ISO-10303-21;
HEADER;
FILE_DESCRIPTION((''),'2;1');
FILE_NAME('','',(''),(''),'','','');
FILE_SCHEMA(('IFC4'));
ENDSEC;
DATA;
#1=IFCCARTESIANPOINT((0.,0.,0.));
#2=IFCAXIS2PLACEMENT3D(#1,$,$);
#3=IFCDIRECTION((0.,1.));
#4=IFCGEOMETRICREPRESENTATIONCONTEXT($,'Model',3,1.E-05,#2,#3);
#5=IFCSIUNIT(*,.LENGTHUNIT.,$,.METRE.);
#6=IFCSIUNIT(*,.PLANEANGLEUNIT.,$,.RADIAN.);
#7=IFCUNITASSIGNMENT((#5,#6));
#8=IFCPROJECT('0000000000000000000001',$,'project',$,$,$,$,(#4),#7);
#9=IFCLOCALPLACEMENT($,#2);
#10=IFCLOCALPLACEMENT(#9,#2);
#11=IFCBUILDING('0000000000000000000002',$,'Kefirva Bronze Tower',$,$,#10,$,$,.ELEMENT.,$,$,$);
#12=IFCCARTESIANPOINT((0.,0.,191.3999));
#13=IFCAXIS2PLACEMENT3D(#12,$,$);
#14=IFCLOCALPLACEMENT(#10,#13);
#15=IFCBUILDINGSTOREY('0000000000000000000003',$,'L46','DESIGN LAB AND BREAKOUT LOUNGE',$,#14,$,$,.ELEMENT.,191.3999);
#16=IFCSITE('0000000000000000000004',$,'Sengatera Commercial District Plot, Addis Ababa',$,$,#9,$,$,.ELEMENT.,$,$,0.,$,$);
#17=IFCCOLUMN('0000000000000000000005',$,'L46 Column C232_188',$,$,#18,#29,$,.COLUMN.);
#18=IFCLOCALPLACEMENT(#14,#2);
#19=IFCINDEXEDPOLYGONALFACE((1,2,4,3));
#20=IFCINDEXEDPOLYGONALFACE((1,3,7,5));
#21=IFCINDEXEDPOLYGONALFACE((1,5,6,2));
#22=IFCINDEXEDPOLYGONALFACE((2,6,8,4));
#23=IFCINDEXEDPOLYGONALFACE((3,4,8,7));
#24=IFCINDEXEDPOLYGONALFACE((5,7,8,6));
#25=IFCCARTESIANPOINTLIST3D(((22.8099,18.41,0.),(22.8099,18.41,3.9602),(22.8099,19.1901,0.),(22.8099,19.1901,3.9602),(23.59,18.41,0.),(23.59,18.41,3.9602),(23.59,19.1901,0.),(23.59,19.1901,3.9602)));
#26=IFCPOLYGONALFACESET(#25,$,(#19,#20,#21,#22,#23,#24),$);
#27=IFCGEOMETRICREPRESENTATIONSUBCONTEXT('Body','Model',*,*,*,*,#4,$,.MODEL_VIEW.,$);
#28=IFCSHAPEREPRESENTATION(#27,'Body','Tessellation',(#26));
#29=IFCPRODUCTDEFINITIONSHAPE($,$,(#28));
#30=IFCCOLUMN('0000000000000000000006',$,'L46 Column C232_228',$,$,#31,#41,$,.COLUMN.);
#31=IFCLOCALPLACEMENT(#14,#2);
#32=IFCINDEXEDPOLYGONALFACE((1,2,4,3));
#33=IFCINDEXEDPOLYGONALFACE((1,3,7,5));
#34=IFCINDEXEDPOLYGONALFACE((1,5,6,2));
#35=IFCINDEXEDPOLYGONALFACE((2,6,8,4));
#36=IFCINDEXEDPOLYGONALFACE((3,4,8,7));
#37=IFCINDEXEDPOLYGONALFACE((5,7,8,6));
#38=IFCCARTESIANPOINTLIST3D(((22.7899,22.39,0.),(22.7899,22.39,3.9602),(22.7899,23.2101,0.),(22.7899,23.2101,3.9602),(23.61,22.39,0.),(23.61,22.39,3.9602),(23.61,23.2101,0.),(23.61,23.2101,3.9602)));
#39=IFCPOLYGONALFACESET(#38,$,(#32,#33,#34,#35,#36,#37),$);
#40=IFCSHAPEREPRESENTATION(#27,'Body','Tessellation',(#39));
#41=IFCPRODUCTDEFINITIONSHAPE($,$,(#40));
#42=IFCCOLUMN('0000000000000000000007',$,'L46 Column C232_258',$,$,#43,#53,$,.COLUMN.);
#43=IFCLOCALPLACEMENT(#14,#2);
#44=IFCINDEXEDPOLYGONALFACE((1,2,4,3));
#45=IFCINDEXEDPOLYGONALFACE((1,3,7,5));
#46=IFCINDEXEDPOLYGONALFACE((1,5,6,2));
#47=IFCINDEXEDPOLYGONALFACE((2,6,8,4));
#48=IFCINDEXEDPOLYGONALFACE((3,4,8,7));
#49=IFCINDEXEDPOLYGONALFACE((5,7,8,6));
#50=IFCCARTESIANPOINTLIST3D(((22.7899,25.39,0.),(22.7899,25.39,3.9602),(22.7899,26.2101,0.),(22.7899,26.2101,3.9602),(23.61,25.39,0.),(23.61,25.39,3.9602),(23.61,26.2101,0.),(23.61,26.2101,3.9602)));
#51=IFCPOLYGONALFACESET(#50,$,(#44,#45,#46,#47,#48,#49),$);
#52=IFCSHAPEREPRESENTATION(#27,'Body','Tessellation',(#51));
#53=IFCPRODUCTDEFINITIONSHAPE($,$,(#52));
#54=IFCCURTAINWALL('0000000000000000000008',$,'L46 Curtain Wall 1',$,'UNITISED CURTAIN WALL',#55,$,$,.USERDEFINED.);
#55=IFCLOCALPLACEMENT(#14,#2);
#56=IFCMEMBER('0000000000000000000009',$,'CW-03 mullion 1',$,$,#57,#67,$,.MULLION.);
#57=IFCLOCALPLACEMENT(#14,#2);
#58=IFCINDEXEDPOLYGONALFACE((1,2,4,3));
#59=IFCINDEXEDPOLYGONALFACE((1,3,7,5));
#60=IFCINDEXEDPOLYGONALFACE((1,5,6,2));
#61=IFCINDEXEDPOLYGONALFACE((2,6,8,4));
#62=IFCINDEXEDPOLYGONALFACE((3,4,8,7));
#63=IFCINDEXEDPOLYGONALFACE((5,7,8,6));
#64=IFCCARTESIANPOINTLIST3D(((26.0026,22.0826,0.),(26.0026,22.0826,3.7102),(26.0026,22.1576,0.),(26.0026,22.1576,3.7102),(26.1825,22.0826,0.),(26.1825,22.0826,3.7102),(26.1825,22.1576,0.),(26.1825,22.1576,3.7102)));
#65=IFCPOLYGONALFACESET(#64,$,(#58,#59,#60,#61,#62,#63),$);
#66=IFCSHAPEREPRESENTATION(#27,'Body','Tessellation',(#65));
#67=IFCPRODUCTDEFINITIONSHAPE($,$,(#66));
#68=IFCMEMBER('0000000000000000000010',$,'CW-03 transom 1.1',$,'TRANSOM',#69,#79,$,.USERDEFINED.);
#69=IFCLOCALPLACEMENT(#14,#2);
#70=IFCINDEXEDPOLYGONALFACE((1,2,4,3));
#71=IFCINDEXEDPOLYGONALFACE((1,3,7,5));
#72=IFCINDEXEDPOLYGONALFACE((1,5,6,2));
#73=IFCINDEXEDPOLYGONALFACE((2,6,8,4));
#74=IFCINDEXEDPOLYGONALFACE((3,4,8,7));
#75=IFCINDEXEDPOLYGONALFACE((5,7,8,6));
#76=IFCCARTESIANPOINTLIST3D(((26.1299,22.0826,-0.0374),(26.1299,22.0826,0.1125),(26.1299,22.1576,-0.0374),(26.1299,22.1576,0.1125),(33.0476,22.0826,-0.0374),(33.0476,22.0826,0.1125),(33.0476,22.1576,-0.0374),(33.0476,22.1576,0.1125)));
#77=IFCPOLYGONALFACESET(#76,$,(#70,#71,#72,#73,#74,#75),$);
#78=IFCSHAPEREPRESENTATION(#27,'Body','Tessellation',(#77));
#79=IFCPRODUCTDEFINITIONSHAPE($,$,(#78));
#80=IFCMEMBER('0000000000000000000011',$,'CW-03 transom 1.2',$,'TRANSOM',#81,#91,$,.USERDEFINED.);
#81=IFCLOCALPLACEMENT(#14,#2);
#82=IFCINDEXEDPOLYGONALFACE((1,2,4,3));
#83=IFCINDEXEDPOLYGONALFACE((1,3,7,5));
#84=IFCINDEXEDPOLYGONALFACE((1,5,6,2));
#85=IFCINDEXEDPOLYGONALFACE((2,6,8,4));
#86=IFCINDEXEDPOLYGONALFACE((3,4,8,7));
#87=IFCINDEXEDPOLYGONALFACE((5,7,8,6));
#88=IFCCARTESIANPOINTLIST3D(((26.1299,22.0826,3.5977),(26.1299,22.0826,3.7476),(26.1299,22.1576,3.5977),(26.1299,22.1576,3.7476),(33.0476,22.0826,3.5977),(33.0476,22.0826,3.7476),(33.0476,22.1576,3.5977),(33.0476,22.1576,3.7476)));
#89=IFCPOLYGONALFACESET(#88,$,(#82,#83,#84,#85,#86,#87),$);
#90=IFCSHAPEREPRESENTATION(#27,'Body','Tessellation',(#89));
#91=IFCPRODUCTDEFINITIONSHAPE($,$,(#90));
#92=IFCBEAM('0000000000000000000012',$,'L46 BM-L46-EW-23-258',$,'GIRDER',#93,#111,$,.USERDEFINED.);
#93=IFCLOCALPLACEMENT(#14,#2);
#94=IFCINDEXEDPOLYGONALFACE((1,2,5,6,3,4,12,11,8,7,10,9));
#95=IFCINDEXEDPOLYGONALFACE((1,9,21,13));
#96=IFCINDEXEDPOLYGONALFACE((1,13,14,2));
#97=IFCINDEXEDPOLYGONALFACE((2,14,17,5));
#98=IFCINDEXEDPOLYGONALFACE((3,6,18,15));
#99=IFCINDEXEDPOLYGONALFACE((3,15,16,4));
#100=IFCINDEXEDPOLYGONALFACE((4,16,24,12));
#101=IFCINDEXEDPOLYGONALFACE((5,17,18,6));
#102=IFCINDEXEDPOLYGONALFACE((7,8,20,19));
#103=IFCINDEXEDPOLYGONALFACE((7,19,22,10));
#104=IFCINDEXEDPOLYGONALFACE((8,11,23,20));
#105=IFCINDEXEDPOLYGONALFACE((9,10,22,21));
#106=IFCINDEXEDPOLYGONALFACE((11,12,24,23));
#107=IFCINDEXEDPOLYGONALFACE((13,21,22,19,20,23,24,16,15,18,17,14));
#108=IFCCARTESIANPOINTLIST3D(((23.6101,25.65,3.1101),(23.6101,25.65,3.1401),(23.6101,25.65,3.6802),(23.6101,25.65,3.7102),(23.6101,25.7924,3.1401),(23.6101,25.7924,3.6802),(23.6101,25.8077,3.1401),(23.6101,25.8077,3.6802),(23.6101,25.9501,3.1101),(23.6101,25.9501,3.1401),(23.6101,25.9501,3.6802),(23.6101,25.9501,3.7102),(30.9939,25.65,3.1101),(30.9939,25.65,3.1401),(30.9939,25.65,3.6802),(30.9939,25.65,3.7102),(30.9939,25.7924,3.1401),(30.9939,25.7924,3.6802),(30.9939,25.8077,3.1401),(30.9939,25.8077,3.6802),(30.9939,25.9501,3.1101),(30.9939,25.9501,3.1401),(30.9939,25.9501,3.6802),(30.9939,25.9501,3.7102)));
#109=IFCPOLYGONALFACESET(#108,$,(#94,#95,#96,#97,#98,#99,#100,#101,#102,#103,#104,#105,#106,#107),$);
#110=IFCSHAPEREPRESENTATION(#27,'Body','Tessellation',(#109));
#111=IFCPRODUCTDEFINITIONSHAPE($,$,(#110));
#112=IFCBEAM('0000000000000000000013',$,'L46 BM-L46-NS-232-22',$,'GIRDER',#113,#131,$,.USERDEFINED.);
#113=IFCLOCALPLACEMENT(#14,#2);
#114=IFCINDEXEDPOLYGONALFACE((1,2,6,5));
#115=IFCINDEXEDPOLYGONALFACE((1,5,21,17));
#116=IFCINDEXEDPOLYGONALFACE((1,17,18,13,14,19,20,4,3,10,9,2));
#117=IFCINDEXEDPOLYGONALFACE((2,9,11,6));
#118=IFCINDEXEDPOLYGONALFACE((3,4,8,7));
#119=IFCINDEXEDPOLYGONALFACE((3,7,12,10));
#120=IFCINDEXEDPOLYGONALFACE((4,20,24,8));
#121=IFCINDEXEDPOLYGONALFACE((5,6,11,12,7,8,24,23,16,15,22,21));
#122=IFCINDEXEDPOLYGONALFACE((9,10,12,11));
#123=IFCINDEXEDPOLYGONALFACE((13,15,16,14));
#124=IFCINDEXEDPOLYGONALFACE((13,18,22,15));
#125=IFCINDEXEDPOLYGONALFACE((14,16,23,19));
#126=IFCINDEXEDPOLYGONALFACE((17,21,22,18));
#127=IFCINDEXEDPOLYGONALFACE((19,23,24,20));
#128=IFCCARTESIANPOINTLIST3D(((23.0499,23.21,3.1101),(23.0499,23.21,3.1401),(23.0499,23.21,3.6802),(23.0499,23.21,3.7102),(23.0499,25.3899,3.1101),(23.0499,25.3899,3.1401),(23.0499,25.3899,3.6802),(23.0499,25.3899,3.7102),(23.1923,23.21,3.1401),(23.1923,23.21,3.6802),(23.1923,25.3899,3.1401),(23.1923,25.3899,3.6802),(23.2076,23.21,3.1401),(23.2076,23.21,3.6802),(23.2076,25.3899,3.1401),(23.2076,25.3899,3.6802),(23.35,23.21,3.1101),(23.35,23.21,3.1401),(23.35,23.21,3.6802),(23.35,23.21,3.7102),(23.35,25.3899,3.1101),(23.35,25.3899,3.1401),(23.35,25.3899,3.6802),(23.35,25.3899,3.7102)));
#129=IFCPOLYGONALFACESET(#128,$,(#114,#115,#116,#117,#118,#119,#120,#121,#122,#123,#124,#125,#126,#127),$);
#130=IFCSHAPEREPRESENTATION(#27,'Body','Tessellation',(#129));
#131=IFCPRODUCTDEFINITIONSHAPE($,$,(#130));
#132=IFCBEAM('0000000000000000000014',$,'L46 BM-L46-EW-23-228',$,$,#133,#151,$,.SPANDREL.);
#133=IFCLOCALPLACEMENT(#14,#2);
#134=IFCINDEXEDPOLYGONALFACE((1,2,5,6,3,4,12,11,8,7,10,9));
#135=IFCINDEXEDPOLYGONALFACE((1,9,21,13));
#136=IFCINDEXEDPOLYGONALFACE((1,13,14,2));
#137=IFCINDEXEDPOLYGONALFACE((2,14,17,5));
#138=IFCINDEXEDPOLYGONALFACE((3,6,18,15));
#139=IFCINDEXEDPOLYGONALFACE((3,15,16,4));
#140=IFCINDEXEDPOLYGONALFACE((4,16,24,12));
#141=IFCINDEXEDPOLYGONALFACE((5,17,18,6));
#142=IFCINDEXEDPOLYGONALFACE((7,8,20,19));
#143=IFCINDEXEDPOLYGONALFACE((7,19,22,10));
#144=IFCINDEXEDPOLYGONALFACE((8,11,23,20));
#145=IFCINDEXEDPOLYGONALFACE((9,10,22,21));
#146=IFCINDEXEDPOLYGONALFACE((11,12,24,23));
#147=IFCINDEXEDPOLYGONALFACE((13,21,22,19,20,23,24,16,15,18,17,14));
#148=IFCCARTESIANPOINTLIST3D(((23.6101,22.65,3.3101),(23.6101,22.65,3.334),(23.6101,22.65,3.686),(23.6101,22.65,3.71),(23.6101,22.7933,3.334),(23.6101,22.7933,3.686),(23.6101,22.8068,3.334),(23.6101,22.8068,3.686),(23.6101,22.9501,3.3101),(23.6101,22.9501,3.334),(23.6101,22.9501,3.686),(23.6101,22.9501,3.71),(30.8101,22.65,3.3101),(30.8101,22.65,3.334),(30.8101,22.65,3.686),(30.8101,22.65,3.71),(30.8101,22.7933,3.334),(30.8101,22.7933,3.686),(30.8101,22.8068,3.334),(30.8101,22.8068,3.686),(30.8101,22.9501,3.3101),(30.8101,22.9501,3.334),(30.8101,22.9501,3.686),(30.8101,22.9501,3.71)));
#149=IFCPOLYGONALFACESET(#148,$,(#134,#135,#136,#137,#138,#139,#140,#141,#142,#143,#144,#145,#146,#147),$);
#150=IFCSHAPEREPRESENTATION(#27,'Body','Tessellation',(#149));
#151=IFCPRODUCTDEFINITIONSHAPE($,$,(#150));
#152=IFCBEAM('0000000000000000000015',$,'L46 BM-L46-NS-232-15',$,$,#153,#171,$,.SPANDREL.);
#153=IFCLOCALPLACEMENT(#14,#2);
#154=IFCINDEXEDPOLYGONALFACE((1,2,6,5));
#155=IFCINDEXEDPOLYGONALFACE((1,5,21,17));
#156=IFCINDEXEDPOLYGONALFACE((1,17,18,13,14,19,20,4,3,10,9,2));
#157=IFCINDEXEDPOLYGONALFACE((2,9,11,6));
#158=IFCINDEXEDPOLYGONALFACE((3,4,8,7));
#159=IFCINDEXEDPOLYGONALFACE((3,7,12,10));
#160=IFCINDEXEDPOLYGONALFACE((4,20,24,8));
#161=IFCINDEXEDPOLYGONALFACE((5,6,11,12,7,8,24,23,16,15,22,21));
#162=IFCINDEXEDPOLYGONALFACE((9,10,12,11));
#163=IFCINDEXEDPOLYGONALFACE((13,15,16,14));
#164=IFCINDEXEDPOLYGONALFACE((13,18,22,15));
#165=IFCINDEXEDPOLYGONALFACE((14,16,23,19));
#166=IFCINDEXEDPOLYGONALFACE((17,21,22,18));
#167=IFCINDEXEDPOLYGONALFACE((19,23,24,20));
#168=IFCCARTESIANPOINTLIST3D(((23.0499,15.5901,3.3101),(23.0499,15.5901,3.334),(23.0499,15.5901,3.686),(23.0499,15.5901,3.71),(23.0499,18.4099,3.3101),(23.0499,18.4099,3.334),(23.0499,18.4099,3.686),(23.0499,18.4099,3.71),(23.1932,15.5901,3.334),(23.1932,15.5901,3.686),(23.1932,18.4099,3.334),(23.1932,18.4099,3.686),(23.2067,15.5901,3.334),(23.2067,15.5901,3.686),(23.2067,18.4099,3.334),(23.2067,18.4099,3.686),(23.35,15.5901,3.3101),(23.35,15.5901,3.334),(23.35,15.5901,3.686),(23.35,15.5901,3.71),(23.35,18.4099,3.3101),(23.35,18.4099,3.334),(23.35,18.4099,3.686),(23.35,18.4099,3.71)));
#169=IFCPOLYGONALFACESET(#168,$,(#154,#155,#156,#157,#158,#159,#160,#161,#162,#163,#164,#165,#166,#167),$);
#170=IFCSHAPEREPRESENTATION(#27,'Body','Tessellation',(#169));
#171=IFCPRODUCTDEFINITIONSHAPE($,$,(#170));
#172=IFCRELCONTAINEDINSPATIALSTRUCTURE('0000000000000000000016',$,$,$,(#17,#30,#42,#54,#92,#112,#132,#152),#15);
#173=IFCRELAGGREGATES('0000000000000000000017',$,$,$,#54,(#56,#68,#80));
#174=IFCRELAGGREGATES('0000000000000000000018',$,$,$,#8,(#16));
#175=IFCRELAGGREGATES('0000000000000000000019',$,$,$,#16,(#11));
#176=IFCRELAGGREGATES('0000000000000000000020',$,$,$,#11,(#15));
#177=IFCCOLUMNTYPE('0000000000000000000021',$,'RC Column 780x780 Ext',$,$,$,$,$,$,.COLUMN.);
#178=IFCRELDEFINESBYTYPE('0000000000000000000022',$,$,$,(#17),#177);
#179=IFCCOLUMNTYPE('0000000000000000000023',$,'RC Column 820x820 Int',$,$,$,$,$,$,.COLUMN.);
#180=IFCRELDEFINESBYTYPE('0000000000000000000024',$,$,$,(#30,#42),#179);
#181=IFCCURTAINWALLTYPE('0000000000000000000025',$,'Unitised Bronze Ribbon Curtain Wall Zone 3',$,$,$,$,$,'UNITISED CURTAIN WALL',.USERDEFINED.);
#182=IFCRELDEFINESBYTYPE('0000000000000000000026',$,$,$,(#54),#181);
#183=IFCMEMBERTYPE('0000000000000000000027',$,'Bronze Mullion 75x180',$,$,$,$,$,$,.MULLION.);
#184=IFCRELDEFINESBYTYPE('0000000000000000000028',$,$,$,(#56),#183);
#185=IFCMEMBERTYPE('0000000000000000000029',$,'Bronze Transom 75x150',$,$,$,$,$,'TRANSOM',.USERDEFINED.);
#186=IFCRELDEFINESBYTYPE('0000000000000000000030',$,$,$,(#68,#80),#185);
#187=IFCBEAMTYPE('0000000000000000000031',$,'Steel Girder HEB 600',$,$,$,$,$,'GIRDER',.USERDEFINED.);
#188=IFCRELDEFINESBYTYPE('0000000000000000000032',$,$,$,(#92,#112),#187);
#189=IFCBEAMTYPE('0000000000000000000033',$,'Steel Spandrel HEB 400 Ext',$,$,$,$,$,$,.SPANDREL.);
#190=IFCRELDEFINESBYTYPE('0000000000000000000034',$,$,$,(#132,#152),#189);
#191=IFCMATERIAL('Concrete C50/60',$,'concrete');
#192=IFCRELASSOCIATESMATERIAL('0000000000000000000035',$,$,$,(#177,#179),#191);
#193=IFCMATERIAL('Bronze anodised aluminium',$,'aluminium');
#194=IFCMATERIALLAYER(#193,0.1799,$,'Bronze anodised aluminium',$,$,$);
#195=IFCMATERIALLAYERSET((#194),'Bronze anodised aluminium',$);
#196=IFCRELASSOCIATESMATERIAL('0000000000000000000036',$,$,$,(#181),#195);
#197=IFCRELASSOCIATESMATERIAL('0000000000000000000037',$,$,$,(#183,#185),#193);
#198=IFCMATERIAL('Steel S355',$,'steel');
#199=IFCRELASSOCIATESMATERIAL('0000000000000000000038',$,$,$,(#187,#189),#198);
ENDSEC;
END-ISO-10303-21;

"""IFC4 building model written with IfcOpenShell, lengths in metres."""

from ifc_helpers import new_model, si_unit, direction, frame, origin, origin_2d, place, context, subcontext, project, spatial, rectangle, i_section, extrude, material, layer, layer_set, material_profile, profile_set, type_object, element, aggregate, save


model = new_model("IFC4")

# Units and contexts
model_context = context("Model", 3, precision=1e-05, world=origin(), true_north=direction((0.0, 1.0)))
body_context = subcontext(model_context, "Body", "Model", "MODEL_VIEW")
ifc_project = project(units=[si_unit("LENGTHUNIT", "METRE"), si_unit("PLANEANGLEUNIT", "RADIAN")], contexts=[model_context])

# Site, building, storey
site_placement = place(None, origin())
site = spatial("IfcSite", under=ifc_project, at=site_placement, Name="Sengatera Commercial District Plot, Addis Ababa", CompositionType="ELEMENT", RefElevation=0.0)
building_placement = place(site_placement, origin())
building = spatial("IfcBuilding", under=site, at=building_placement, Name="Kefirva Bronze Tower", CompositionType="ELEMENT")
storey_placement = place(building_placement, frame((0.0, 0.0, 191.3999)))
storey = spatial("IfcBuildingStorey", under=building, at=storey_placement, Name="L46", Description="DESIGN LAB AND BREAKOUT LOUNGE", CompositionType="ELEMENT", Elevation=191.3999)

# Columns
ifc_material_1 = material(Name="Concrete C50/60", Category="concrete")
ifc_material_profile_1 = material_profile(ifc_material_1, rectangle(XDim=0.78, YDim=0.78, at=origin_2d()), Name="RC 780x780")
ifc_profile_set_1 = profile_set([ifc_material_profile_1], Name="Concrete C50/60")
column_type_1 = type_object("IfcColumnType", Name="RC Column 780x780 Ext", PredefinedType="COLUMN", material=ifc_profile_set_1)
column_placement = place(storey_placement, frame((23.2, 18.8, 0.0), z_axis=(0.0, 0.0, 1.0), x_axis=(1.0, 0.0, 0.0)))
element("IfcColumn", 1, at=column_placement, inside=storey, type_object=column_type_1, Name="L46 Column C232_188", PredefinedType="COLUMN", context=body_context, shape_type="SweptSolid", body=[
    extrude(rectangle(XDim=0.78, YDim=0.78, at=origin_2d()), origin(), (0.0, 0.0, 1.0), 3.9602),
])
ifc_material_profile_2 = material_profile(ifc_material_1, rectangle(XDim=0.8201, YDim=0.8201, at=origin_2d()), Name="RC 820x820")
ifc_profile_set_2 = profile_set([ifc_material_profile_2], Name="Concrete C50/60")
column_type_2 = type_object("IfcColumnType", Name="RC Column 820x820 Int", PredefinedType="COLUMN", material=ifc_profile_set_2)
for number, where, z_axis, x_axis, name in (
    (2, (23.2, 22.8, 0.0), (0.0, 0.0, 1.0), (1.0, 0.0, 0.0), "L46 Column C232_228"),
    (3, (23.2, 25.8, 0.0), (0.0, 0.0, 1.0), (1.0, 0.0, 0.0), "L46 Column C232_258"),
):
    element("IfcColumn", number, at=place(storey_placement, frame(where, z_axis=z_axis, x_axis=x_axis)), inside=storey, type_object=column_type_2, Name=name, PredefinedType="COLUMN", context=body_context, shape_type="SweptSolid", body=[
        extrude(rectangle(XDim=0.8201, YDim=0.8201, at=origin_2d()), origin(), (0.0, 0.0, 1.0), 3.9602),
    ])

# Curtain wall, members
ifc_material_2 = material(Name="Bronze anodised aluminium", Category="aluminium")
ifc_layer_1 = layer(ifc_material_2, 0.1799, Name="Bronze anodised aluminium")
ifc_layer_set_1 = layer_set([ifc_layer_1], Name="Bronze anodised aluminium")
curtain_wall_type = type_object("IfcCurtainWallType", Name="Unitised Bronze Ribbon Curtain Wall Zone 3", ElementType="UNITISED CURTAIN WALL", PredefinedType="USERDEFINED", material=ifc_layer_set_1)
curtain_wall_placement = place(storey_placement, origin())
curtain_wall = element("IfcCurtainWall", 4, at=curtain_wall_placement, inside=storey, type_object=curtain_wall_type, Name="L46 Curtain Wall 1", ObjectType="UNITISED CURTAIN WALL", PredefinedType="USERDEFINED")
ifc_material_profile_3 = material_profile(ifc_material_2, rectangle(XDim=0.075, YDim=0.1799, at=origin_2d()), Name="ALU 75x180")
ifc_profile_set_3 = profile_set([ifc_material_profile_3], Name="Bronze anodised aluminium")
member_type_1 = type_object("IfcMemberType", Name="Bronze Mullion 75x180", PredefinedType="MULLION", material=ifc_profile_set_3)
member_1_placement = place(storey_placement, frame((26.0925, 22.1201, 0.0), z_axis=(0.0, 0.0, 1.0), x_axis=(0.0, 1.0, 0.0)))
member_1 = element("IfcMember", 5, at=member_1_placement, type_object=member_type_1, Name="CW-03 mullion 1", PredefinedType="MULLION", context=body_context, shape_type="SweptSolid", body=[
    extrude(rectangle(XDim=0.075, YDim=0.1799, at=origin_2d()), origin(), (0.0, 0.0, 1.0), 3.7102),
])
ifc_material_profile_4 = material_profile(ifc_material_2, rectangle(XDim=0.075, YDim=0.1499, at=origin_2d()), Name="ALU 75x150")
ifc_profile_set_4 = profile_set([ifc_material_profile_4], Name="Bronze anodised aluminium")
member_type_2 = type_object("IfcMemberType", Name="Bronze Transom 75x150", ElementType="TRANSOM", PredefinedType="USERDEFINED", material=ifc_profile_set_4)
member_2_placement = place(storey_placement, frame((26.1299, 22.1201, 0.0376), z_axis=(1.0, 0.0, 0.0), x_axis=(0.0, 1.0, 0.0)))
member_2 = element("IfcMember", 6, at=member_2_placement, type_object=member_type_2, Name="CW-03 transom 1.1", ObjectType="TRANSOM", PredefinedType="USERDEFINED", context=body_context, shape_type="SweptSolid", body=[
    extrude(rectangle(XDim=0.075, YDim=0.1499, at=origin_2d()), origin(), (0.0, 0.0, 1.0), 6.9177),
])
member_3_placement = place(storey_placement, frame((26.1299, 22.1201, 3.6726), z_axis=(1.0, 0.0, 0.0), x_axis=(0.0, 1.0, 0.0)))
member_3 = element("IfcMember", 7, at=member_3_placement, type_object=member_type_2, Name="CW-03 transom 1.2", ObjectType="TRANSOM", PredefinedType="USERDEFINED", context=body_context, shape_type="SweptSolid", body=[
    extrude(rectangle(XDim=0.075, YDim=0.1499, at=origin_2d()), origin(), (0.0, 0.0, 1.0), 6.9177),
])

# Beams
ifc_material_3 = material(Name="Steel S355", Category="steel")
ifc_material_profile_5 = material_profile(ifc_material_3, i_section(OverallWidth=0.3, OverallDepth=0.6001, WebThickness=0.0154, FlangeThickness=0.03, at=origin_2d()), Name="HEB 600")
ifc_profile_set_5 = profile_set([ifc_material_profile_5], Name="Steel S355")
beam_type_1 = type_object("IfcBeamType", Name="Steel Girder HEB 600", ElementType="GIRDER", PredefinedType="USERDEFINED", material=ifc_profile_set_5)
beam_1_placement = place(storey_placement, frame((23.6101, 25.8, 3.4102), z_axis=(1.0, 0.0, 0.0), x_axis=(0.0, 1.0, 0.0)))
element("IfcBeam", 8, at=beam_1_placement, inside=storey, type_object=beam_type_1, Name="L46 BM-L46-EW-23-258", ObjectType="GIRDER", PredefinedType="USERDEFINED", context=body_context, shape_type="SweptSolid", body=[
    extrude(i_section(OverallWidth=0.3, OverallDepth=0.6001, WebThickness=0.0154, FlangeThickness=0.03, at=origin_2d()), origin(), (0.0, 0.0, 1.0), 7.3838),
])
beam_2_placement = place(storey_placement, frame((23.2, 23.21, 3.4102), z_axis=(0.0, 1.0, 0.0), x_axis=(-1.0, 0.0, 0.0)))
element("IfcBeam", 9, at=beam_2_placement, inside=storey, type_object=beam_type_1, Name="L46 BM-L46-NS-232-22", ObjectType="GIRDER", PredefinedType="USERDEFINED", context=body_context, shape_type="SweptSolid", body=[
    extrude(i_section(OverallWidth=0.3, OverallDepth=0.6001, WebThickness=0.0154, FlangeThickness=0.03, at=origin_2d()), origin(), (0.0, 0.0, 1.0), 2.1799),
])
ifc_material_profile_6 = material_profile(ifc_material_3, i_section(OverallWidth=0.3, OverallDepth=0.3999, WebThickness=0.0134, FlangeThickness=0.0239, at=origin_2d()), Name="HEB 400")
ifc_profile_set_6 = profile_set([ifc_material_profile_6], Name="Steel S355")
beam_type_2 = type_object("IfcBeamType", Name="Steel Spandrel HEB 400 Ext", PredefinedType="SPANDREL", material=ifc_profile_set_6)
beam_3_placement = place(storey_placement, frame((23.6101, 22.8, 3.51), z_axis=(1.0, 0.0, 0.0), x_axis=(0.0, 1.0, 0.0)))
element("IfcBeam", 10, at=beam_3_placement, inside=storey, type_object=beam_type_2, Name="L46 BM-L46-EW-23-228", PredefinedType="SPANDREL", context=body_context, shape_type="SweptSolid", body=[
    extrude(i_section(OverallWidth=0.3, OverallDepth=0.3999, WebThickness=0.0134, FlangeThickness=0.0239, at=origin_2d()), origin(), (0.0, 0.0, 1.0), 7.2),
])
beam_4_placement = place(storey_placement, frame((23.2, 15.5901, 3.51), z_axis=(0.0, 1.0, 0.0), x_axis=(-1.0, 0.0, 0.0)))
element("IfcBeam", 11, at=beam_4_placement, inside=storey, type_object=beam_type_2, Name="L46 BM-L46-NS-232-15", PredefinedType="SPANDREL", context=body_context, shape_type="SweptSolid", body=[
    extrude(i_section(OverallWidth=0.3, OverallDepth=0.3999, WebThickness=0.0134, FlangeThickness=0.0239, at=origin_2d()), origin(), (0.0, 0.0, 1.0), 2.8198),
])

aggregate(curtain_wall, [member_1, member_2, member_3])

save(model, "model.ifc")
